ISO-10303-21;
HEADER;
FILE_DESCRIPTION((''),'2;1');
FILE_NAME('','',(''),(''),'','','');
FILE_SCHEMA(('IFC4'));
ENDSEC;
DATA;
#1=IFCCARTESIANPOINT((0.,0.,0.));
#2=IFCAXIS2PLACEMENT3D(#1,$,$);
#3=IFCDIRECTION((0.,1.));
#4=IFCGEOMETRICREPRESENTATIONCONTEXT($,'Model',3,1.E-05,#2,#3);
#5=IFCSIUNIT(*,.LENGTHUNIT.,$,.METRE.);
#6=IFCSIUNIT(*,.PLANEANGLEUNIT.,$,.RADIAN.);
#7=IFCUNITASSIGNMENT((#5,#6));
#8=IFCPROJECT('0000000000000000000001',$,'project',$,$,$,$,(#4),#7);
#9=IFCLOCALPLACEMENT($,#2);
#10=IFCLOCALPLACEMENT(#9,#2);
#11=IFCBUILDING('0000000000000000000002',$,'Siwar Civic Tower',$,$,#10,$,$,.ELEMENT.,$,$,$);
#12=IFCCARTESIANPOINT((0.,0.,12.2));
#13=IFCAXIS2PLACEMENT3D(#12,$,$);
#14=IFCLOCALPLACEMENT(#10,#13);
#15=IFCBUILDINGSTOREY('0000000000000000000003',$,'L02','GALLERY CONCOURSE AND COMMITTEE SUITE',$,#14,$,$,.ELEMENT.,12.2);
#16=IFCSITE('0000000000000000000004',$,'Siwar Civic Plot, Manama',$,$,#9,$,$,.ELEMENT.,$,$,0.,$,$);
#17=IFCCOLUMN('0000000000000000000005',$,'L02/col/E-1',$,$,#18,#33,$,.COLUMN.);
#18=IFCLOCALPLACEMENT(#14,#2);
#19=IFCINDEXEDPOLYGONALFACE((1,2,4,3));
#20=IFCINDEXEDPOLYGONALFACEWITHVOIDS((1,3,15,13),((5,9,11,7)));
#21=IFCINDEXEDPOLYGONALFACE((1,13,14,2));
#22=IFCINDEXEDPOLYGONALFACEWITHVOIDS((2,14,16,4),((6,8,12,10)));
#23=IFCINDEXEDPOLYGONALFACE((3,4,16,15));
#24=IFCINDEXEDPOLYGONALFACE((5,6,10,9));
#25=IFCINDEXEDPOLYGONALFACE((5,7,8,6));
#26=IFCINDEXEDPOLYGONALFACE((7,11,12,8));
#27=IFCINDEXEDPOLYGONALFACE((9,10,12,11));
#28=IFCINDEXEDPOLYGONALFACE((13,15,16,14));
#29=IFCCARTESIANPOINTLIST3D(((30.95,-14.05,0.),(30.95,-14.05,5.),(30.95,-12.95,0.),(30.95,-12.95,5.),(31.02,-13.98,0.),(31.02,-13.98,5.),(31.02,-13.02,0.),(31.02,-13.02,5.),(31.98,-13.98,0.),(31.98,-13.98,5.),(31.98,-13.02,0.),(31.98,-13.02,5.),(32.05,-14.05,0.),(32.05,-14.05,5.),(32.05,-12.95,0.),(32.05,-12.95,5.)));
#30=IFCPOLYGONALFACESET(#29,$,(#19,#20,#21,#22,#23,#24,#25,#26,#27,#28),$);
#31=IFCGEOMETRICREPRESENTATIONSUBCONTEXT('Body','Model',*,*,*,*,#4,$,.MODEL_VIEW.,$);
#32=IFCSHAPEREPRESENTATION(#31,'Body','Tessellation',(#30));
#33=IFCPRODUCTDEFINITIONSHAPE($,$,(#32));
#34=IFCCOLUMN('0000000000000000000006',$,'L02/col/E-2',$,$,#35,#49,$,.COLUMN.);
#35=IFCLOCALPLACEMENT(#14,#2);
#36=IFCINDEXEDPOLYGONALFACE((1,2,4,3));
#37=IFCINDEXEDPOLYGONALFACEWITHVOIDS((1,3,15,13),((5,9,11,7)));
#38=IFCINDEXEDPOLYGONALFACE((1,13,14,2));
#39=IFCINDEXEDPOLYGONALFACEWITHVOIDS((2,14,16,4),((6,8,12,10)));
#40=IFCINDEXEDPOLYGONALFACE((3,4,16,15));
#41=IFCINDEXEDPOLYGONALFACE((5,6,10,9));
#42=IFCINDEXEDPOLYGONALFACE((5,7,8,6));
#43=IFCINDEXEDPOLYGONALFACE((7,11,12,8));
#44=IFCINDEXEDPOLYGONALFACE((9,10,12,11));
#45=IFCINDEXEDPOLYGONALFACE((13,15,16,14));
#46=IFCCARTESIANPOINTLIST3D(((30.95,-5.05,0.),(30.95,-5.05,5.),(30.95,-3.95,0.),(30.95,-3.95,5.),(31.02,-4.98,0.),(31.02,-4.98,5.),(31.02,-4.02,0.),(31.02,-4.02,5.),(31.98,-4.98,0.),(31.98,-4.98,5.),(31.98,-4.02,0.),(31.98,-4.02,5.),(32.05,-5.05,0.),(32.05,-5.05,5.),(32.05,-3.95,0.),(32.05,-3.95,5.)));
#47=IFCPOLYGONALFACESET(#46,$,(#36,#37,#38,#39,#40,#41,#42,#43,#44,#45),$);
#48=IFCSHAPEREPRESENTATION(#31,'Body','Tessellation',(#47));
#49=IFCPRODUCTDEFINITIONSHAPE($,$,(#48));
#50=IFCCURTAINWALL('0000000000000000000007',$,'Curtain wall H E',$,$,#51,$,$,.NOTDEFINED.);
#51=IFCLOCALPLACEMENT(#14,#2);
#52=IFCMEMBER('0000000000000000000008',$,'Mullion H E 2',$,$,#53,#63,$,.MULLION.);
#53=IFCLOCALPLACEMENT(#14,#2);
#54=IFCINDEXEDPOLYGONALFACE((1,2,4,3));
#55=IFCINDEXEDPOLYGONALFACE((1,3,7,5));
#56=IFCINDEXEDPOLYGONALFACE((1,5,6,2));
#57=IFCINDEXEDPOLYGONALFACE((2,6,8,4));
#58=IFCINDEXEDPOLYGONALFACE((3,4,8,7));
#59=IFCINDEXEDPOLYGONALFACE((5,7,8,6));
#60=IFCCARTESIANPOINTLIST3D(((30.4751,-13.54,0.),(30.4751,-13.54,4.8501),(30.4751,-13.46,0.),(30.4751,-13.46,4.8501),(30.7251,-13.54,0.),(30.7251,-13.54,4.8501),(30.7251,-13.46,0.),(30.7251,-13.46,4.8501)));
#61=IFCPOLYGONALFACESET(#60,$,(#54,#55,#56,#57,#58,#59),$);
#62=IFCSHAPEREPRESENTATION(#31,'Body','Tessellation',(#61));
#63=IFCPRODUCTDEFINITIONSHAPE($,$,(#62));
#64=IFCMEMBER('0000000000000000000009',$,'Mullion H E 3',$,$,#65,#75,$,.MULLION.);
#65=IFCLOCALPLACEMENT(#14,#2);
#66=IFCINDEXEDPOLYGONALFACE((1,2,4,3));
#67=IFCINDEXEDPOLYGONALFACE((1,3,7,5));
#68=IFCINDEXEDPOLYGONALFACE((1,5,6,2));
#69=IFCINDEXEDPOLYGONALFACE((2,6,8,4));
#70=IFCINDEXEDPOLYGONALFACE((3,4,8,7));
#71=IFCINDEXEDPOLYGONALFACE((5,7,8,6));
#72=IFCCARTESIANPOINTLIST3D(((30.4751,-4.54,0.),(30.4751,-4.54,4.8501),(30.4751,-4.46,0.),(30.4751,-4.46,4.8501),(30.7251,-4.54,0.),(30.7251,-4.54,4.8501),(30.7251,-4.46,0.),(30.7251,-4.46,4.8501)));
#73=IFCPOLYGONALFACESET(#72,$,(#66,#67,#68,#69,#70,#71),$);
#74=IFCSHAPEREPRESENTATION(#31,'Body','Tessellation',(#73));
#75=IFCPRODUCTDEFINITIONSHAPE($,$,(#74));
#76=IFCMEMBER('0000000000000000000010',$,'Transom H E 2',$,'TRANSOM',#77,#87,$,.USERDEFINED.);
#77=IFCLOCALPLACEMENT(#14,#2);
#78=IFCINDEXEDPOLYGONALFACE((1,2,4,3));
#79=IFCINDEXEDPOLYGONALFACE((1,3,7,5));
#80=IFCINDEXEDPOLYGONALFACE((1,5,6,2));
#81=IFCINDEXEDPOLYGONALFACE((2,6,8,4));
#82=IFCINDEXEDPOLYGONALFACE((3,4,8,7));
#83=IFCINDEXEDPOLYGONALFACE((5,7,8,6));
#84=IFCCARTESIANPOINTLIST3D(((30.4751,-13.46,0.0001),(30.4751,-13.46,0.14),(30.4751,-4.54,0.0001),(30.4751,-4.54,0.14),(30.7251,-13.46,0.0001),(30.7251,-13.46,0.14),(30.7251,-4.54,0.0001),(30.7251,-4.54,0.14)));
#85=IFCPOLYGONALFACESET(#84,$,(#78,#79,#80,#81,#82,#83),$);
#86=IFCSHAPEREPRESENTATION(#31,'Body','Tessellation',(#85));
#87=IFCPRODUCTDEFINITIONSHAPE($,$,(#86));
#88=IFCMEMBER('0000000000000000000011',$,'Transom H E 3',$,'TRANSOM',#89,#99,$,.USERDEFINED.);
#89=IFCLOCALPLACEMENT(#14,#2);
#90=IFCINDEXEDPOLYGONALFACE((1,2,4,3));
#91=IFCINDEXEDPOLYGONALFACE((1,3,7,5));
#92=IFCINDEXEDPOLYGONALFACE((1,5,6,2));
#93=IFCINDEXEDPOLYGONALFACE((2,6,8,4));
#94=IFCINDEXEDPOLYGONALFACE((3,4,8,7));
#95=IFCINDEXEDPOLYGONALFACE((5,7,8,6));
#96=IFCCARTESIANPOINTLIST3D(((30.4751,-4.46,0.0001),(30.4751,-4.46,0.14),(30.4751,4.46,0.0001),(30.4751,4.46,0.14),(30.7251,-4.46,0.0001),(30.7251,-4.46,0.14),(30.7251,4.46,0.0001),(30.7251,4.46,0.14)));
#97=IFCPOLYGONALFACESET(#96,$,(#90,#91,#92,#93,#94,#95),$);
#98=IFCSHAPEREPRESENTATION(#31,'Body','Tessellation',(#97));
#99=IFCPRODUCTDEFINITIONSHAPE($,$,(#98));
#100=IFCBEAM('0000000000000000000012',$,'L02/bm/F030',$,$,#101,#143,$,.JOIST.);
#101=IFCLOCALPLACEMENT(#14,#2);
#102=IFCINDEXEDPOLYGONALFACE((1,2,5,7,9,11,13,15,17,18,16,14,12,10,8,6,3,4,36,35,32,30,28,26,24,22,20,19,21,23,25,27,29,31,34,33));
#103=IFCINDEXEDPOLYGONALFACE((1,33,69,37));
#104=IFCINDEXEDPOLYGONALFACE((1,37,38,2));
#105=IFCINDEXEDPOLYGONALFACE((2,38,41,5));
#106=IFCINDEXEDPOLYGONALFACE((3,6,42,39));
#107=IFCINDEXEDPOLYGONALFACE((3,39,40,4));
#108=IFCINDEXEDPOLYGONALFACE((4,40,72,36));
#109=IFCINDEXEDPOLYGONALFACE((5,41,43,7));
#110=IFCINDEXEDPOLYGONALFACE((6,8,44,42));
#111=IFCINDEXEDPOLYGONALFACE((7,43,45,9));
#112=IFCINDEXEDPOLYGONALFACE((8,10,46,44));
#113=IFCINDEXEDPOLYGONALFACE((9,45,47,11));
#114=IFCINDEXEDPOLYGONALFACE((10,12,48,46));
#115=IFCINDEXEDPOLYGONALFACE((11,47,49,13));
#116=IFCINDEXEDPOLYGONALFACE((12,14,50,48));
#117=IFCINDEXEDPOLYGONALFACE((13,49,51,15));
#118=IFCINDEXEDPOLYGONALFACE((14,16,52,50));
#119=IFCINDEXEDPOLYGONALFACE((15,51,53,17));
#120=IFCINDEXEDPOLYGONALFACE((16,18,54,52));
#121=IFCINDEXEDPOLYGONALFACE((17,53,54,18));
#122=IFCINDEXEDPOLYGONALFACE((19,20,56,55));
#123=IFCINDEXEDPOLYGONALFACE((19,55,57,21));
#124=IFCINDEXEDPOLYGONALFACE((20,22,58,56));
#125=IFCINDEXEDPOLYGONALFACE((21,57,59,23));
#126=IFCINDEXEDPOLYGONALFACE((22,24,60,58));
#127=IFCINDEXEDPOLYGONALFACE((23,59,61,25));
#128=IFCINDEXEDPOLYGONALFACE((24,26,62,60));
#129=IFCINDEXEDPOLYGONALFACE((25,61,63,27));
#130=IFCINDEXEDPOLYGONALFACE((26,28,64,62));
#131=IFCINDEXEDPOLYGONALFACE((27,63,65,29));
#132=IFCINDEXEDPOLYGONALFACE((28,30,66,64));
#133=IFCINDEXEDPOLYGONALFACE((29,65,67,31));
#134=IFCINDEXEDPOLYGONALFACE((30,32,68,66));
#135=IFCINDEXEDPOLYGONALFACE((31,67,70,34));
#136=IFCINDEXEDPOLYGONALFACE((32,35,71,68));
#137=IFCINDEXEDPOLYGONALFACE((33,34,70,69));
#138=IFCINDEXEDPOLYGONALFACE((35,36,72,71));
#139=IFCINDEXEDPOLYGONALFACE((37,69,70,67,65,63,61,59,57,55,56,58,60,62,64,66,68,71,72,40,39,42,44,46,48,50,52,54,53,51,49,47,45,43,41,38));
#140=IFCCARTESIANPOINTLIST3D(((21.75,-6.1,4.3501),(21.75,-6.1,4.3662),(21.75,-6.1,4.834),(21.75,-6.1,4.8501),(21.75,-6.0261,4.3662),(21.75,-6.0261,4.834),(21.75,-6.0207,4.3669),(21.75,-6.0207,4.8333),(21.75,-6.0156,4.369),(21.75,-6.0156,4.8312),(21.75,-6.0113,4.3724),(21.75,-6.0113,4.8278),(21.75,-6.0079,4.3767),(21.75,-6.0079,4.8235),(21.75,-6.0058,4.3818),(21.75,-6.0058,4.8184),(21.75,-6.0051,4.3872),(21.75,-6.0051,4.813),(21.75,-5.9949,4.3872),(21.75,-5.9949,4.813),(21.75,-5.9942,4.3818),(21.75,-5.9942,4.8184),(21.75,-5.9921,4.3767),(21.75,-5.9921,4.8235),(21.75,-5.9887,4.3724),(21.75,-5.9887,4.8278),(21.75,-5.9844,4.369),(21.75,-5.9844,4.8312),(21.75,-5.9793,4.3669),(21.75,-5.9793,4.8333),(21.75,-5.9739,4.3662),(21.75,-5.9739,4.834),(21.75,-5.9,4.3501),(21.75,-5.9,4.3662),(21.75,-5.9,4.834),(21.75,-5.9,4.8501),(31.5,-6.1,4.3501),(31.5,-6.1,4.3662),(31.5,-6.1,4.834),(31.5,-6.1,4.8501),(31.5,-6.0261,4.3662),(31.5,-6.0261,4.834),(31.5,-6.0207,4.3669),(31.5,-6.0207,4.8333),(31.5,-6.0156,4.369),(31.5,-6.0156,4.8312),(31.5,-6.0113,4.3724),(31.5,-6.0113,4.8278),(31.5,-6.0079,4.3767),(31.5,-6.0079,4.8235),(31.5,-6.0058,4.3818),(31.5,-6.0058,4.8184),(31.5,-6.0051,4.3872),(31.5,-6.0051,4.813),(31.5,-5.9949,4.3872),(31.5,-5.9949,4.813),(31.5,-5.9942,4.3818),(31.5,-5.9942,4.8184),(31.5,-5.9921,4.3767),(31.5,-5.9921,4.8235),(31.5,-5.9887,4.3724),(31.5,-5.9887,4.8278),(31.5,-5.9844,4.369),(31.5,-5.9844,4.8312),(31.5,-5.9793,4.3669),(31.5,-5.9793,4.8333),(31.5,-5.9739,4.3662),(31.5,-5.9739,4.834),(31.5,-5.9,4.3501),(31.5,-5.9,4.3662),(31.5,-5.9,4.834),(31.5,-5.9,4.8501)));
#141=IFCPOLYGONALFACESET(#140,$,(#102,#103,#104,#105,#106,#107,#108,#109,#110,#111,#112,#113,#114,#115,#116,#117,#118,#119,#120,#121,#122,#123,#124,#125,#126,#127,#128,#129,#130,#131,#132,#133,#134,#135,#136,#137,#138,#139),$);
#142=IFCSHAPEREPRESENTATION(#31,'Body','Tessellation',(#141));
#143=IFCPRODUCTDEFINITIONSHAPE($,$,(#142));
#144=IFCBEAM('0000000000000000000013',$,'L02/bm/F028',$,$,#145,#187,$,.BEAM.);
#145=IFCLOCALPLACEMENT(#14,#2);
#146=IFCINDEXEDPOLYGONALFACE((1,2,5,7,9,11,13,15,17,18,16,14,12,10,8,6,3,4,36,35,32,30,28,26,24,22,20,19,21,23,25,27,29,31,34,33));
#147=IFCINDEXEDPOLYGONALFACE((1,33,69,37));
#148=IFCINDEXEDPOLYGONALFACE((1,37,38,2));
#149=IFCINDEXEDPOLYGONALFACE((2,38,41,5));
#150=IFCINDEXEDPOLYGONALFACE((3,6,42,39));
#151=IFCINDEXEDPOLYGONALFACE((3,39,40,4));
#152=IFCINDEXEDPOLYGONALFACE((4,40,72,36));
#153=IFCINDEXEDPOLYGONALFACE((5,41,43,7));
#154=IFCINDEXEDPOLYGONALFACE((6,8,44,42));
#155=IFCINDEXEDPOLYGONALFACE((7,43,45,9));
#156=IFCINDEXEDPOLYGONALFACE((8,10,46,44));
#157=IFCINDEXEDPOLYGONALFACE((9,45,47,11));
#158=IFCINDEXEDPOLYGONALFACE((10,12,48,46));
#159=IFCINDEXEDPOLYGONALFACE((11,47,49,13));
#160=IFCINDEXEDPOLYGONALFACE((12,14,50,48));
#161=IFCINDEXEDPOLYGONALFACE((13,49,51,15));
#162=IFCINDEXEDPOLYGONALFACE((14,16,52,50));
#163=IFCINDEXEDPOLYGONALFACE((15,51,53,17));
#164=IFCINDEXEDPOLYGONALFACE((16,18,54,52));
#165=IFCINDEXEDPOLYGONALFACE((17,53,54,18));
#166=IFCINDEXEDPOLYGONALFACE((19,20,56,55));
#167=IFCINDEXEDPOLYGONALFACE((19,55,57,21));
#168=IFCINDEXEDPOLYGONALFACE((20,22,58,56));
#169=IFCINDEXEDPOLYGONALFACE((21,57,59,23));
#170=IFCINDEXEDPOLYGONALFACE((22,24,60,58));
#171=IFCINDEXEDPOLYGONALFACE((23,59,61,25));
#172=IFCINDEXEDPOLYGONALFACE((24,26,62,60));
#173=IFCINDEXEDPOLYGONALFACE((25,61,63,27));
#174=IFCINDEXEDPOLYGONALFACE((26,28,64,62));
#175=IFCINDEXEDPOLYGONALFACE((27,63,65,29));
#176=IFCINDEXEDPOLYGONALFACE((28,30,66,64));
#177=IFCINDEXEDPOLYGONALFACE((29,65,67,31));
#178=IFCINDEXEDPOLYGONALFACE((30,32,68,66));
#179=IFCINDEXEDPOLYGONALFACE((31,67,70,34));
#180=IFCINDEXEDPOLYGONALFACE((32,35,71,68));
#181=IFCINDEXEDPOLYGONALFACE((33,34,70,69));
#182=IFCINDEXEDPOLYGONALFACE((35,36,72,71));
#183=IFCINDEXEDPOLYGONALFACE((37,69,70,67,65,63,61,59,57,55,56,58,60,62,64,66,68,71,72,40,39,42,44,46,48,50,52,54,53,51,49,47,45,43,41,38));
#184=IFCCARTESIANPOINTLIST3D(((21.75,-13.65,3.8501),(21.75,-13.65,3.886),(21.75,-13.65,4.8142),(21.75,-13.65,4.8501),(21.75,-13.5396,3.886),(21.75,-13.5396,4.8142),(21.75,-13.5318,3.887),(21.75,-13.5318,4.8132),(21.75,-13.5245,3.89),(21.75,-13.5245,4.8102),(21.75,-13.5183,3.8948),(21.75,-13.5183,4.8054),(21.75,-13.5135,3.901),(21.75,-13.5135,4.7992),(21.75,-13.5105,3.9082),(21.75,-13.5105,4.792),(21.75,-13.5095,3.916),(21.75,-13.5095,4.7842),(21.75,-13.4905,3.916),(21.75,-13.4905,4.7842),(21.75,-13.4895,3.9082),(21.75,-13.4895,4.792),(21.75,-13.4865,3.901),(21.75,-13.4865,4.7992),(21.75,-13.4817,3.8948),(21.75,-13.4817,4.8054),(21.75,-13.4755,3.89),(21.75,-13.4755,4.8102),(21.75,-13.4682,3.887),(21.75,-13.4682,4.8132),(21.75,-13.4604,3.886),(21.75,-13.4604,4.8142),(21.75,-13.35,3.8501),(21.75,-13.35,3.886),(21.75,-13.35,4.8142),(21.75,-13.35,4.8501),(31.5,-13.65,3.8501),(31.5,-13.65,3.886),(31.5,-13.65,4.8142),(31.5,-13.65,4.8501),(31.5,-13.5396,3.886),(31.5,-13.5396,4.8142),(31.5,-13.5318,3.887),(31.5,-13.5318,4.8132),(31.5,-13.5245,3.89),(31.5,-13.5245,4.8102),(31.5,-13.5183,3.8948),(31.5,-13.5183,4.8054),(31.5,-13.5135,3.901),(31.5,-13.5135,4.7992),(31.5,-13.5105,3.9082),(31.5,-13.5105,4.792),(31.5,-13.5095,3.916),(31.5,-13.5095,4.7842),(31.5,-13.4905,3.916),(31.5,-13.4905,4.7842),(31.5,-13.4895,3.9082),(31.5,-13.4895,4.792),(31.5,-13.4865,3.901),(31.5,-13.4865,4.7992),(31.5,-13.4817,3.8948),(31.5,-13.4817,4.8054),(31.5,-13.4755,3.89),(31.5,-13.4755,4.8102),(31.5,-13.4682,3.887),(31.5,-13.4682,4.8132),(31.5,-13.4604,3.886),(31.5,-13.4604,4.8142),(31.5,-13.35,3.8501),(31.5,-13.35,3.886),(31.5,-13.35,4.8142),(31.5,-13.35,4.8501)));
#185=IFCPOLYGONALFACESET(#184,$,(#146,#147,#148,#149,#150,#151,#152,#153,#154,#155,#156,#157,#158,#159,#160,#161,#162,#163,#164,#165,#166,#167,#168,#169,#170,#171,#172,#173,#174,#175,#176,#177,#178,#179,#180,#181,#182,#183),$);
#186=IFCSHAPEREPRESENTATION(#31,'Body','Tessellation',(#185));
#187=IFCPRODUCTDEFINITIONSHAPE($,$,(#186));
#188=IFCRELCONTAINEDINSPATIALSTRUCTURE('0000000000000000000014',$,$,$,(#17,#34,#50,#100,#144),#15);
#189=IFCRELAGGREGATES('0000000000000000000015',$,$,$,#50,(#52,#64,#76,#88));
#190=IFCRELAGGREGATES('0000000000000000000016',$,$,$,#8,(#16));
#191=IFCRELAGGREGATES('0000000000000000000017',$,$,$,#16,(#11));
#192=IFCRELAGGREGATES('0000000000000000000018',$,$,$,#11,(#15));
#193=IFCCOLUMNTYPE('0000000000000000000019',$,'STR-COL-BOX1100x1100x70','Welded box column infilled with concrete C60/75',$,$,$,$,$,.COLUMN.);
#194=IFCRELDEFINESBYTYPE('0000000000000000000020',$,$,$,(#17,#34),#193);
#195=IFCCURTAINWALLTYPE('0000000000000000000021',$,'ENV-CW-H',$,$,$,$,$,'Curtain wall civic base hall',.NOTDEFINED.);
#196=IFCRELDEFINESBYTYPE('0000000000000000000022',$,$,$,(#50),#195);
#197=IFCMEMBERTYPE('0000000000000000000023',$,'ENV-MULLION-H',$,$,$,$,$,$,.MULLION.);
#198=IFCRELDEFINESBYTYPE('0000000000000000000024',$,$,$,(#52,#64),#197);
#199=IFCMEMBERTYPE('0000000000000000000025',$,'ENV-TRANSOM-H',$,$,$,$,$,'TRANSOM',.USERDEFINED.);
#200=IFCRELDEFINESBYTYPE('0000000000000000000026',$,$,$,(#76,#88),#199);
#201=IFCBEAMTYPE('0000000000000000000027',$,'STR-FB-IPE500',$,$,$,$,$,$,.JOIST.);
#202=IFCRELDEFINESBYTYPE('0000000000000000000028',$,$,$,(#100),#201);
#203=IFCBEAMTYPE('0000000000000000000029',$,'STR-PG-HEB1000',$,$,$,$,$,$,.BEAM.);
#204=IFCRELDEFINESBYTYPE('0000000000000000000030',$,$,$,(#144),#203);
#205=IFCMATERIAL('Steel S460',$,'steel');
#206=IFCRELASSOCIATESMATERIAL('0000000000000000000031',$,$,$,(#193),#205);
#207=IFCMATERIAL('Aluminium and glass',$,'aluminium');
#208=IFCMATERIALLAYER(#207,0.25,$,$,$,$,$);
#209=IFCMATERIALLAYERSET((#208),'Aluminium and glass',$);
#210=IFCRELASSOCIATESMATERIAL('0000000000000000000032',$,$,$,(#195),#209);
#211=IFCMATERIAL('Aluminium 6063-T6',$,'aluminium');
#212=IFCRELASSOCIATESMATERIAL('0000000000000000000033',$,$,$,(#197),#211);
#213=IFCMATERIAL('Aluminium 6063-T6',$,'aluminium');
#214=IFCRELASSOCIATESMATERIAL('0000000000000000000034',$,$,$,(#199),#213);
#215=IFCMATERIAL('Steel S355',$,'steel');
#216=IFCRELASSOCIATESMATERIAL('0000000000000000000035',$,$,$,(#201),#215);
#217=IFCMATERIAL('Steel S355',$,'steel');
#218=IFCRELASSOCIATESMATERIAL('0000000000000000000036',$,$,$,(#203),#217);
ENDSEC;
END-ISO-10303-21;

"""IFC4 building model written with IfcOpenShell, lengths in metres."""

from ifc_helpers import new_model, si_unit, direction, frame, origin, origin_2d, place, context, subcontext, project, spatial, rectangle, hollow_rectangle, i_section, extrude, material, layer, layer_set, material_profile, profile_set, type_object, element, aggregate, save


model = new_model("IFC4")

# Units and contexts
model_context = context("Model", 3, precision=1e-05, world=origin(), true_north=direction((0.0, 1.0)))
body_context = subcontext(model_context, "Body", "Model", "MODEL_VIEW")
ifc_project = project(units=[si_unit("LENGTHUNIT", "METRE"), si_unit("PLANEANGLEUNIT", "RADIAN")], contexts=[model_context])

# Site, building, storey
site_placement = place(None, origin())
site = spatial("IfcSite", under=ifc_project, at=site_placement, Name="Siwar Civic Plot, Manama", CompositionType="ELEMENT", RefElevation=0.0)
building_placement = place(site_placement, origin())
building = spatial("IfcBuilding", under=site, at=building_placement, Name="Siwar Civic Tower", CompositionType="ELEMENT")
storey_placement = place(building_placement, frame((0.0, 0.0, 12.2)))
storey = spatial("IfcBuildingStorey", under=building, at=storey_placement, Name="L02", Description="GALLERY CONCOURSE AND COMMITTEE SUITE", CompositionType="ELEMENT", Elevation=12.2)

# Columns
ifc_material_1 = material(Name="Steel S460", Category="steel")
ifc_material_profile_1 = material_profile(ifc_material_1, hollow_rectangle(XDim=1.1001, YDim=1.1001, WallThickness=0.0701, at=origin_2d()), Name="BOX1100x1100x70")
ifc_profile_set_1 = profile_set([ifc_material_profile_1], Name="Steel S460")
column_type = type_object("IfcColumnType", Name="STR-COL-BOX1100x1100x70", Description="Welded box column infilled with concrete C60/75", PredefinedType="COLUMN", material=ifc_profile_set_1)
for number, where, z_axis, x_axis, name in (
    (1, (31.5, -13.5, 0.0), (0.0, 0.0, 1.0), (1.0, 0.0, 0.0), "L02/col/E-1"),
    (2, (31.5, -4.5, 0.0), (0.0, 0.0, 1.0), (1.0, 0.0, 0.0), "L02/col/E-2"),
):
    element("IfcColumn", number, at=place(storey_placement, frame(where, z_axis=z_axis, x_axis=x_axis)), inside=storey, type_object=column_type, Name=name, PredefinedType="COLUMN", context=body_context, shape_type="SweptSolid", body=[
        extrude(hollow_rectangle(XDim=1.1001, YDim=1.1001, WallThickness=0.0701, at=origin_2d()), origin(), (0.0, 0.0, 1.0), 5.0),
    ])

# Curtain wall, members
ifc_material_2 = material(Name="Aluminium and glass", Category="aluminium")
ifc_layer_1 = layer(ifc_material_2, 0.25)
ifc_layer_set_1 = layer_set([ifc_layer_1], Name="Aluminium and glass")
curtain_wall_type = type_object("IfcCurtainWallType", Name="ENV-CW-H", ElementType="Curtain wall civic base hall", PredefinedType="NOTDEFINED", material=ifc_layer_set_1)
curtain_wall_placement = place(storey_placement, origin())
curtain_wall = element("IfcCurtainWall", 3, at=curtain_wall_placement, inside=storey, type_object=curtain_wall_type, Name="Curtain wall H E", PredefinedType="NOTDEFINED")
ifc_material_3 = material(Name="Aluminium 6063-T6", Category="aluminium")
ifc_material_profile_2 = material_profile(ifc_material_3, rectangle(XDim=0.25, YDim=0.0801, at=origin_2d()), Name="AL 250x80")
ifc_profile_set_2 = profile_set([ifc_material_profile_2], Name="Aluminium 6063-T6")
member_type_1 = type_object("IfcMemberType", Name="ENV-MULLION-H", PredefinedType="MULLION", material=ifc_profile_set_2)
member_1_placement = place(storey_placement, frame((30.6001, -13.5, 0.0), z_axis=(0.0, 0.0, 1.0), x_axis=(-1.0, 0.0, 0.0)))
member_1 = element("IfcMember", 4, at=member_1_placement, type_object=member_type_1, Name="Mullion H E 2", PredefinedType="MULLION", context=body_context, shape_type="SweptSolid", body=[
    extrude(rectangle(XDim=0.25, YDim=0.0801, at=origin_2d()), origin(), (0.0, 0.0, 1.0), 4.8501),
])
member_2_placement = place(storey_placement, frame((30.6001, -4.5, 0.0), z_axis=(0.0, 0.0, 1.0), x_axis=(-1.0, 0.0, 0.0)))
member_2 = element("IfcMember", 5, at=member_2_placement, type_object=member_type_1, Name="Mullion H E 3", PredefinedType="MULLION", context=body_context, shape_type="SweptSolid", body=[
    extrude(rectangle(XDim=0.25, YDim=0.0801, at=origin_2d()), origin(), (0.0, 0.0, 1.0), 4.8501),
])
ifc_material_4 = material(Name="Aluminium 6063-T6", Category="aluminium")
ifc_material_profile_3 = material_profile(ifc_material_4, rectangle(XDim=0.25, YDim=0.1399, at=origin_2d()), Name="AL 250x140")
ifc_profile_set_3 = profile_set([ifc_material_profile_3], Name="Aluminium 6063-T6")
member_type_2 = type_object("IfcMemberType", Name="ENV-TRANSOM-H", ElementType="TRANSOM", PredefinedType="USERDEFINED", material=ifc_profile_set_3)
member_3_placement = place(storey_placement, frame((30.6001, -13.46, 0.0701), z_axis=(0.0, 1.0, 0.0), x_axis=(-1.0, 0.0, 0.0)))
member_3 = element("IfcMember", 6, at=member_3_placement, type_object=member_type_2, Name="Transom H E 2", ObjectType="TRANSOM", PredefinedType="USERDEFINED", context=body_context, shape_type="SweptSolid", body=[
    extrude(rectangle(XDim=0.25, YDim=0.1399, at=origin_2d()), origin(), (0.0, 0.0, 1.0), 8.9199),
])
member_4_placement = place(storey_placement, frame((30.6001, -4.46, 0.0701), z_axis=(0.0, 1.0, 0.0), x_axis=(-1.0, 0.0, 0.0)))
member_4 = element("IfcMember", 7, at=member_4_placement, type_object=member_type_2, Name="Transom H E 3", ObjectType="TRANSOM", PredefinedType="USERDEFINED", context=body_context, shape_type="SweptSolid", body=[
    extrude(rectangle(XDim=0.25, YDim=0.1399, at=origin_2d()), origin(), (0.0, 0.0, 1.0), 8.9199),
])

# Beams
ifc_material_5 = material(Name="Steel S355", Category="steel")
ifc_material_profile_4 = material_profile(ifc_material_5, i_section(OverallWidth=0.2, OverallDepth=0.5, WebThickness=0.0103, FlangeThickness=0.0161, FilletRadius=0.021, at=origin_2d()), Name="IPE500")
ifc_profile_set_4 = profile_set([ifc_material_profile_4], Name="Steel S355")
beam_type_1 = type_object("IfcBeamType", Name="STR-FB-IPE500", PredefinedType="JOIST", material=ifc_profile_set_4)
beam_1_placement = place(storey_placement, frame((21.75, -6.0, 4.6001), z_axis=(1.0, 0.0, 0.0), x_axis=(0.0, 1.0, 0.0)))
element("IfcBeam", 8, at=beam_1_placement, inside=storey, type_object=beam_type_1, Name="L02/bm/F030", PredefinedType="JOIST", context=body_context, shape_type="SweptSolid", body=[
    extrude(i_section(OverallWidth=0.2, OverallDepth=0.5, WebThickness=0.0103, FlangeThickness=0.0161, FilletRadius=0.021, at=origin_2d()), origin(), (0.0, 0.0, 1.0), 9.75),
])
ifc_material_6 = material(Name="Steel S355", Category="steel")
ifc_material_profile_5 = material_profile(ifc_material_6, i_section(OverallWidth=0.3, OverallDepth=1.0, WebThickness=0.019, FlangeThickness=0.0359, FilletRadius=0.03, at=origin_2d()), Name="HEB1000")
ifc_profile_set_5 = profile_set([ifc_material_profile_5], Name="Steel S355")
beam_type_2 = type_object("IfcBeamType", Name="STR-PG-HEB1000", PredefinedType="BEAM", material=ifc_profile_set_5)
beam_2_placement = place(storey_placement, frame((21.75, -13.5, 4.3501), z_axis=(1.0, 0.0, 0.0), x_axis=(0.0, 1.0, 0.0)))
element("IfcBeam", 9, at=beam_2_placement, inside=storey, type_object=beam_type_2, Name="L02/bm/F028", PredefinedType="BEAM", context=body_context, shape_type="SweptSolid", body=[
    extrude(i_section(OverallWidth=0.3, OverallDepth=1.0, WebThickness=0.019, FlangeThickness=0.0359, FilletRadius=0.03, at=origin_2d()), origin(), (0.0, 0.0, 1.0), 9.75),
])

aggregate(curtain_wall, [member_1, member_2, member_3, member_4])

save(model, "model.ifc")
